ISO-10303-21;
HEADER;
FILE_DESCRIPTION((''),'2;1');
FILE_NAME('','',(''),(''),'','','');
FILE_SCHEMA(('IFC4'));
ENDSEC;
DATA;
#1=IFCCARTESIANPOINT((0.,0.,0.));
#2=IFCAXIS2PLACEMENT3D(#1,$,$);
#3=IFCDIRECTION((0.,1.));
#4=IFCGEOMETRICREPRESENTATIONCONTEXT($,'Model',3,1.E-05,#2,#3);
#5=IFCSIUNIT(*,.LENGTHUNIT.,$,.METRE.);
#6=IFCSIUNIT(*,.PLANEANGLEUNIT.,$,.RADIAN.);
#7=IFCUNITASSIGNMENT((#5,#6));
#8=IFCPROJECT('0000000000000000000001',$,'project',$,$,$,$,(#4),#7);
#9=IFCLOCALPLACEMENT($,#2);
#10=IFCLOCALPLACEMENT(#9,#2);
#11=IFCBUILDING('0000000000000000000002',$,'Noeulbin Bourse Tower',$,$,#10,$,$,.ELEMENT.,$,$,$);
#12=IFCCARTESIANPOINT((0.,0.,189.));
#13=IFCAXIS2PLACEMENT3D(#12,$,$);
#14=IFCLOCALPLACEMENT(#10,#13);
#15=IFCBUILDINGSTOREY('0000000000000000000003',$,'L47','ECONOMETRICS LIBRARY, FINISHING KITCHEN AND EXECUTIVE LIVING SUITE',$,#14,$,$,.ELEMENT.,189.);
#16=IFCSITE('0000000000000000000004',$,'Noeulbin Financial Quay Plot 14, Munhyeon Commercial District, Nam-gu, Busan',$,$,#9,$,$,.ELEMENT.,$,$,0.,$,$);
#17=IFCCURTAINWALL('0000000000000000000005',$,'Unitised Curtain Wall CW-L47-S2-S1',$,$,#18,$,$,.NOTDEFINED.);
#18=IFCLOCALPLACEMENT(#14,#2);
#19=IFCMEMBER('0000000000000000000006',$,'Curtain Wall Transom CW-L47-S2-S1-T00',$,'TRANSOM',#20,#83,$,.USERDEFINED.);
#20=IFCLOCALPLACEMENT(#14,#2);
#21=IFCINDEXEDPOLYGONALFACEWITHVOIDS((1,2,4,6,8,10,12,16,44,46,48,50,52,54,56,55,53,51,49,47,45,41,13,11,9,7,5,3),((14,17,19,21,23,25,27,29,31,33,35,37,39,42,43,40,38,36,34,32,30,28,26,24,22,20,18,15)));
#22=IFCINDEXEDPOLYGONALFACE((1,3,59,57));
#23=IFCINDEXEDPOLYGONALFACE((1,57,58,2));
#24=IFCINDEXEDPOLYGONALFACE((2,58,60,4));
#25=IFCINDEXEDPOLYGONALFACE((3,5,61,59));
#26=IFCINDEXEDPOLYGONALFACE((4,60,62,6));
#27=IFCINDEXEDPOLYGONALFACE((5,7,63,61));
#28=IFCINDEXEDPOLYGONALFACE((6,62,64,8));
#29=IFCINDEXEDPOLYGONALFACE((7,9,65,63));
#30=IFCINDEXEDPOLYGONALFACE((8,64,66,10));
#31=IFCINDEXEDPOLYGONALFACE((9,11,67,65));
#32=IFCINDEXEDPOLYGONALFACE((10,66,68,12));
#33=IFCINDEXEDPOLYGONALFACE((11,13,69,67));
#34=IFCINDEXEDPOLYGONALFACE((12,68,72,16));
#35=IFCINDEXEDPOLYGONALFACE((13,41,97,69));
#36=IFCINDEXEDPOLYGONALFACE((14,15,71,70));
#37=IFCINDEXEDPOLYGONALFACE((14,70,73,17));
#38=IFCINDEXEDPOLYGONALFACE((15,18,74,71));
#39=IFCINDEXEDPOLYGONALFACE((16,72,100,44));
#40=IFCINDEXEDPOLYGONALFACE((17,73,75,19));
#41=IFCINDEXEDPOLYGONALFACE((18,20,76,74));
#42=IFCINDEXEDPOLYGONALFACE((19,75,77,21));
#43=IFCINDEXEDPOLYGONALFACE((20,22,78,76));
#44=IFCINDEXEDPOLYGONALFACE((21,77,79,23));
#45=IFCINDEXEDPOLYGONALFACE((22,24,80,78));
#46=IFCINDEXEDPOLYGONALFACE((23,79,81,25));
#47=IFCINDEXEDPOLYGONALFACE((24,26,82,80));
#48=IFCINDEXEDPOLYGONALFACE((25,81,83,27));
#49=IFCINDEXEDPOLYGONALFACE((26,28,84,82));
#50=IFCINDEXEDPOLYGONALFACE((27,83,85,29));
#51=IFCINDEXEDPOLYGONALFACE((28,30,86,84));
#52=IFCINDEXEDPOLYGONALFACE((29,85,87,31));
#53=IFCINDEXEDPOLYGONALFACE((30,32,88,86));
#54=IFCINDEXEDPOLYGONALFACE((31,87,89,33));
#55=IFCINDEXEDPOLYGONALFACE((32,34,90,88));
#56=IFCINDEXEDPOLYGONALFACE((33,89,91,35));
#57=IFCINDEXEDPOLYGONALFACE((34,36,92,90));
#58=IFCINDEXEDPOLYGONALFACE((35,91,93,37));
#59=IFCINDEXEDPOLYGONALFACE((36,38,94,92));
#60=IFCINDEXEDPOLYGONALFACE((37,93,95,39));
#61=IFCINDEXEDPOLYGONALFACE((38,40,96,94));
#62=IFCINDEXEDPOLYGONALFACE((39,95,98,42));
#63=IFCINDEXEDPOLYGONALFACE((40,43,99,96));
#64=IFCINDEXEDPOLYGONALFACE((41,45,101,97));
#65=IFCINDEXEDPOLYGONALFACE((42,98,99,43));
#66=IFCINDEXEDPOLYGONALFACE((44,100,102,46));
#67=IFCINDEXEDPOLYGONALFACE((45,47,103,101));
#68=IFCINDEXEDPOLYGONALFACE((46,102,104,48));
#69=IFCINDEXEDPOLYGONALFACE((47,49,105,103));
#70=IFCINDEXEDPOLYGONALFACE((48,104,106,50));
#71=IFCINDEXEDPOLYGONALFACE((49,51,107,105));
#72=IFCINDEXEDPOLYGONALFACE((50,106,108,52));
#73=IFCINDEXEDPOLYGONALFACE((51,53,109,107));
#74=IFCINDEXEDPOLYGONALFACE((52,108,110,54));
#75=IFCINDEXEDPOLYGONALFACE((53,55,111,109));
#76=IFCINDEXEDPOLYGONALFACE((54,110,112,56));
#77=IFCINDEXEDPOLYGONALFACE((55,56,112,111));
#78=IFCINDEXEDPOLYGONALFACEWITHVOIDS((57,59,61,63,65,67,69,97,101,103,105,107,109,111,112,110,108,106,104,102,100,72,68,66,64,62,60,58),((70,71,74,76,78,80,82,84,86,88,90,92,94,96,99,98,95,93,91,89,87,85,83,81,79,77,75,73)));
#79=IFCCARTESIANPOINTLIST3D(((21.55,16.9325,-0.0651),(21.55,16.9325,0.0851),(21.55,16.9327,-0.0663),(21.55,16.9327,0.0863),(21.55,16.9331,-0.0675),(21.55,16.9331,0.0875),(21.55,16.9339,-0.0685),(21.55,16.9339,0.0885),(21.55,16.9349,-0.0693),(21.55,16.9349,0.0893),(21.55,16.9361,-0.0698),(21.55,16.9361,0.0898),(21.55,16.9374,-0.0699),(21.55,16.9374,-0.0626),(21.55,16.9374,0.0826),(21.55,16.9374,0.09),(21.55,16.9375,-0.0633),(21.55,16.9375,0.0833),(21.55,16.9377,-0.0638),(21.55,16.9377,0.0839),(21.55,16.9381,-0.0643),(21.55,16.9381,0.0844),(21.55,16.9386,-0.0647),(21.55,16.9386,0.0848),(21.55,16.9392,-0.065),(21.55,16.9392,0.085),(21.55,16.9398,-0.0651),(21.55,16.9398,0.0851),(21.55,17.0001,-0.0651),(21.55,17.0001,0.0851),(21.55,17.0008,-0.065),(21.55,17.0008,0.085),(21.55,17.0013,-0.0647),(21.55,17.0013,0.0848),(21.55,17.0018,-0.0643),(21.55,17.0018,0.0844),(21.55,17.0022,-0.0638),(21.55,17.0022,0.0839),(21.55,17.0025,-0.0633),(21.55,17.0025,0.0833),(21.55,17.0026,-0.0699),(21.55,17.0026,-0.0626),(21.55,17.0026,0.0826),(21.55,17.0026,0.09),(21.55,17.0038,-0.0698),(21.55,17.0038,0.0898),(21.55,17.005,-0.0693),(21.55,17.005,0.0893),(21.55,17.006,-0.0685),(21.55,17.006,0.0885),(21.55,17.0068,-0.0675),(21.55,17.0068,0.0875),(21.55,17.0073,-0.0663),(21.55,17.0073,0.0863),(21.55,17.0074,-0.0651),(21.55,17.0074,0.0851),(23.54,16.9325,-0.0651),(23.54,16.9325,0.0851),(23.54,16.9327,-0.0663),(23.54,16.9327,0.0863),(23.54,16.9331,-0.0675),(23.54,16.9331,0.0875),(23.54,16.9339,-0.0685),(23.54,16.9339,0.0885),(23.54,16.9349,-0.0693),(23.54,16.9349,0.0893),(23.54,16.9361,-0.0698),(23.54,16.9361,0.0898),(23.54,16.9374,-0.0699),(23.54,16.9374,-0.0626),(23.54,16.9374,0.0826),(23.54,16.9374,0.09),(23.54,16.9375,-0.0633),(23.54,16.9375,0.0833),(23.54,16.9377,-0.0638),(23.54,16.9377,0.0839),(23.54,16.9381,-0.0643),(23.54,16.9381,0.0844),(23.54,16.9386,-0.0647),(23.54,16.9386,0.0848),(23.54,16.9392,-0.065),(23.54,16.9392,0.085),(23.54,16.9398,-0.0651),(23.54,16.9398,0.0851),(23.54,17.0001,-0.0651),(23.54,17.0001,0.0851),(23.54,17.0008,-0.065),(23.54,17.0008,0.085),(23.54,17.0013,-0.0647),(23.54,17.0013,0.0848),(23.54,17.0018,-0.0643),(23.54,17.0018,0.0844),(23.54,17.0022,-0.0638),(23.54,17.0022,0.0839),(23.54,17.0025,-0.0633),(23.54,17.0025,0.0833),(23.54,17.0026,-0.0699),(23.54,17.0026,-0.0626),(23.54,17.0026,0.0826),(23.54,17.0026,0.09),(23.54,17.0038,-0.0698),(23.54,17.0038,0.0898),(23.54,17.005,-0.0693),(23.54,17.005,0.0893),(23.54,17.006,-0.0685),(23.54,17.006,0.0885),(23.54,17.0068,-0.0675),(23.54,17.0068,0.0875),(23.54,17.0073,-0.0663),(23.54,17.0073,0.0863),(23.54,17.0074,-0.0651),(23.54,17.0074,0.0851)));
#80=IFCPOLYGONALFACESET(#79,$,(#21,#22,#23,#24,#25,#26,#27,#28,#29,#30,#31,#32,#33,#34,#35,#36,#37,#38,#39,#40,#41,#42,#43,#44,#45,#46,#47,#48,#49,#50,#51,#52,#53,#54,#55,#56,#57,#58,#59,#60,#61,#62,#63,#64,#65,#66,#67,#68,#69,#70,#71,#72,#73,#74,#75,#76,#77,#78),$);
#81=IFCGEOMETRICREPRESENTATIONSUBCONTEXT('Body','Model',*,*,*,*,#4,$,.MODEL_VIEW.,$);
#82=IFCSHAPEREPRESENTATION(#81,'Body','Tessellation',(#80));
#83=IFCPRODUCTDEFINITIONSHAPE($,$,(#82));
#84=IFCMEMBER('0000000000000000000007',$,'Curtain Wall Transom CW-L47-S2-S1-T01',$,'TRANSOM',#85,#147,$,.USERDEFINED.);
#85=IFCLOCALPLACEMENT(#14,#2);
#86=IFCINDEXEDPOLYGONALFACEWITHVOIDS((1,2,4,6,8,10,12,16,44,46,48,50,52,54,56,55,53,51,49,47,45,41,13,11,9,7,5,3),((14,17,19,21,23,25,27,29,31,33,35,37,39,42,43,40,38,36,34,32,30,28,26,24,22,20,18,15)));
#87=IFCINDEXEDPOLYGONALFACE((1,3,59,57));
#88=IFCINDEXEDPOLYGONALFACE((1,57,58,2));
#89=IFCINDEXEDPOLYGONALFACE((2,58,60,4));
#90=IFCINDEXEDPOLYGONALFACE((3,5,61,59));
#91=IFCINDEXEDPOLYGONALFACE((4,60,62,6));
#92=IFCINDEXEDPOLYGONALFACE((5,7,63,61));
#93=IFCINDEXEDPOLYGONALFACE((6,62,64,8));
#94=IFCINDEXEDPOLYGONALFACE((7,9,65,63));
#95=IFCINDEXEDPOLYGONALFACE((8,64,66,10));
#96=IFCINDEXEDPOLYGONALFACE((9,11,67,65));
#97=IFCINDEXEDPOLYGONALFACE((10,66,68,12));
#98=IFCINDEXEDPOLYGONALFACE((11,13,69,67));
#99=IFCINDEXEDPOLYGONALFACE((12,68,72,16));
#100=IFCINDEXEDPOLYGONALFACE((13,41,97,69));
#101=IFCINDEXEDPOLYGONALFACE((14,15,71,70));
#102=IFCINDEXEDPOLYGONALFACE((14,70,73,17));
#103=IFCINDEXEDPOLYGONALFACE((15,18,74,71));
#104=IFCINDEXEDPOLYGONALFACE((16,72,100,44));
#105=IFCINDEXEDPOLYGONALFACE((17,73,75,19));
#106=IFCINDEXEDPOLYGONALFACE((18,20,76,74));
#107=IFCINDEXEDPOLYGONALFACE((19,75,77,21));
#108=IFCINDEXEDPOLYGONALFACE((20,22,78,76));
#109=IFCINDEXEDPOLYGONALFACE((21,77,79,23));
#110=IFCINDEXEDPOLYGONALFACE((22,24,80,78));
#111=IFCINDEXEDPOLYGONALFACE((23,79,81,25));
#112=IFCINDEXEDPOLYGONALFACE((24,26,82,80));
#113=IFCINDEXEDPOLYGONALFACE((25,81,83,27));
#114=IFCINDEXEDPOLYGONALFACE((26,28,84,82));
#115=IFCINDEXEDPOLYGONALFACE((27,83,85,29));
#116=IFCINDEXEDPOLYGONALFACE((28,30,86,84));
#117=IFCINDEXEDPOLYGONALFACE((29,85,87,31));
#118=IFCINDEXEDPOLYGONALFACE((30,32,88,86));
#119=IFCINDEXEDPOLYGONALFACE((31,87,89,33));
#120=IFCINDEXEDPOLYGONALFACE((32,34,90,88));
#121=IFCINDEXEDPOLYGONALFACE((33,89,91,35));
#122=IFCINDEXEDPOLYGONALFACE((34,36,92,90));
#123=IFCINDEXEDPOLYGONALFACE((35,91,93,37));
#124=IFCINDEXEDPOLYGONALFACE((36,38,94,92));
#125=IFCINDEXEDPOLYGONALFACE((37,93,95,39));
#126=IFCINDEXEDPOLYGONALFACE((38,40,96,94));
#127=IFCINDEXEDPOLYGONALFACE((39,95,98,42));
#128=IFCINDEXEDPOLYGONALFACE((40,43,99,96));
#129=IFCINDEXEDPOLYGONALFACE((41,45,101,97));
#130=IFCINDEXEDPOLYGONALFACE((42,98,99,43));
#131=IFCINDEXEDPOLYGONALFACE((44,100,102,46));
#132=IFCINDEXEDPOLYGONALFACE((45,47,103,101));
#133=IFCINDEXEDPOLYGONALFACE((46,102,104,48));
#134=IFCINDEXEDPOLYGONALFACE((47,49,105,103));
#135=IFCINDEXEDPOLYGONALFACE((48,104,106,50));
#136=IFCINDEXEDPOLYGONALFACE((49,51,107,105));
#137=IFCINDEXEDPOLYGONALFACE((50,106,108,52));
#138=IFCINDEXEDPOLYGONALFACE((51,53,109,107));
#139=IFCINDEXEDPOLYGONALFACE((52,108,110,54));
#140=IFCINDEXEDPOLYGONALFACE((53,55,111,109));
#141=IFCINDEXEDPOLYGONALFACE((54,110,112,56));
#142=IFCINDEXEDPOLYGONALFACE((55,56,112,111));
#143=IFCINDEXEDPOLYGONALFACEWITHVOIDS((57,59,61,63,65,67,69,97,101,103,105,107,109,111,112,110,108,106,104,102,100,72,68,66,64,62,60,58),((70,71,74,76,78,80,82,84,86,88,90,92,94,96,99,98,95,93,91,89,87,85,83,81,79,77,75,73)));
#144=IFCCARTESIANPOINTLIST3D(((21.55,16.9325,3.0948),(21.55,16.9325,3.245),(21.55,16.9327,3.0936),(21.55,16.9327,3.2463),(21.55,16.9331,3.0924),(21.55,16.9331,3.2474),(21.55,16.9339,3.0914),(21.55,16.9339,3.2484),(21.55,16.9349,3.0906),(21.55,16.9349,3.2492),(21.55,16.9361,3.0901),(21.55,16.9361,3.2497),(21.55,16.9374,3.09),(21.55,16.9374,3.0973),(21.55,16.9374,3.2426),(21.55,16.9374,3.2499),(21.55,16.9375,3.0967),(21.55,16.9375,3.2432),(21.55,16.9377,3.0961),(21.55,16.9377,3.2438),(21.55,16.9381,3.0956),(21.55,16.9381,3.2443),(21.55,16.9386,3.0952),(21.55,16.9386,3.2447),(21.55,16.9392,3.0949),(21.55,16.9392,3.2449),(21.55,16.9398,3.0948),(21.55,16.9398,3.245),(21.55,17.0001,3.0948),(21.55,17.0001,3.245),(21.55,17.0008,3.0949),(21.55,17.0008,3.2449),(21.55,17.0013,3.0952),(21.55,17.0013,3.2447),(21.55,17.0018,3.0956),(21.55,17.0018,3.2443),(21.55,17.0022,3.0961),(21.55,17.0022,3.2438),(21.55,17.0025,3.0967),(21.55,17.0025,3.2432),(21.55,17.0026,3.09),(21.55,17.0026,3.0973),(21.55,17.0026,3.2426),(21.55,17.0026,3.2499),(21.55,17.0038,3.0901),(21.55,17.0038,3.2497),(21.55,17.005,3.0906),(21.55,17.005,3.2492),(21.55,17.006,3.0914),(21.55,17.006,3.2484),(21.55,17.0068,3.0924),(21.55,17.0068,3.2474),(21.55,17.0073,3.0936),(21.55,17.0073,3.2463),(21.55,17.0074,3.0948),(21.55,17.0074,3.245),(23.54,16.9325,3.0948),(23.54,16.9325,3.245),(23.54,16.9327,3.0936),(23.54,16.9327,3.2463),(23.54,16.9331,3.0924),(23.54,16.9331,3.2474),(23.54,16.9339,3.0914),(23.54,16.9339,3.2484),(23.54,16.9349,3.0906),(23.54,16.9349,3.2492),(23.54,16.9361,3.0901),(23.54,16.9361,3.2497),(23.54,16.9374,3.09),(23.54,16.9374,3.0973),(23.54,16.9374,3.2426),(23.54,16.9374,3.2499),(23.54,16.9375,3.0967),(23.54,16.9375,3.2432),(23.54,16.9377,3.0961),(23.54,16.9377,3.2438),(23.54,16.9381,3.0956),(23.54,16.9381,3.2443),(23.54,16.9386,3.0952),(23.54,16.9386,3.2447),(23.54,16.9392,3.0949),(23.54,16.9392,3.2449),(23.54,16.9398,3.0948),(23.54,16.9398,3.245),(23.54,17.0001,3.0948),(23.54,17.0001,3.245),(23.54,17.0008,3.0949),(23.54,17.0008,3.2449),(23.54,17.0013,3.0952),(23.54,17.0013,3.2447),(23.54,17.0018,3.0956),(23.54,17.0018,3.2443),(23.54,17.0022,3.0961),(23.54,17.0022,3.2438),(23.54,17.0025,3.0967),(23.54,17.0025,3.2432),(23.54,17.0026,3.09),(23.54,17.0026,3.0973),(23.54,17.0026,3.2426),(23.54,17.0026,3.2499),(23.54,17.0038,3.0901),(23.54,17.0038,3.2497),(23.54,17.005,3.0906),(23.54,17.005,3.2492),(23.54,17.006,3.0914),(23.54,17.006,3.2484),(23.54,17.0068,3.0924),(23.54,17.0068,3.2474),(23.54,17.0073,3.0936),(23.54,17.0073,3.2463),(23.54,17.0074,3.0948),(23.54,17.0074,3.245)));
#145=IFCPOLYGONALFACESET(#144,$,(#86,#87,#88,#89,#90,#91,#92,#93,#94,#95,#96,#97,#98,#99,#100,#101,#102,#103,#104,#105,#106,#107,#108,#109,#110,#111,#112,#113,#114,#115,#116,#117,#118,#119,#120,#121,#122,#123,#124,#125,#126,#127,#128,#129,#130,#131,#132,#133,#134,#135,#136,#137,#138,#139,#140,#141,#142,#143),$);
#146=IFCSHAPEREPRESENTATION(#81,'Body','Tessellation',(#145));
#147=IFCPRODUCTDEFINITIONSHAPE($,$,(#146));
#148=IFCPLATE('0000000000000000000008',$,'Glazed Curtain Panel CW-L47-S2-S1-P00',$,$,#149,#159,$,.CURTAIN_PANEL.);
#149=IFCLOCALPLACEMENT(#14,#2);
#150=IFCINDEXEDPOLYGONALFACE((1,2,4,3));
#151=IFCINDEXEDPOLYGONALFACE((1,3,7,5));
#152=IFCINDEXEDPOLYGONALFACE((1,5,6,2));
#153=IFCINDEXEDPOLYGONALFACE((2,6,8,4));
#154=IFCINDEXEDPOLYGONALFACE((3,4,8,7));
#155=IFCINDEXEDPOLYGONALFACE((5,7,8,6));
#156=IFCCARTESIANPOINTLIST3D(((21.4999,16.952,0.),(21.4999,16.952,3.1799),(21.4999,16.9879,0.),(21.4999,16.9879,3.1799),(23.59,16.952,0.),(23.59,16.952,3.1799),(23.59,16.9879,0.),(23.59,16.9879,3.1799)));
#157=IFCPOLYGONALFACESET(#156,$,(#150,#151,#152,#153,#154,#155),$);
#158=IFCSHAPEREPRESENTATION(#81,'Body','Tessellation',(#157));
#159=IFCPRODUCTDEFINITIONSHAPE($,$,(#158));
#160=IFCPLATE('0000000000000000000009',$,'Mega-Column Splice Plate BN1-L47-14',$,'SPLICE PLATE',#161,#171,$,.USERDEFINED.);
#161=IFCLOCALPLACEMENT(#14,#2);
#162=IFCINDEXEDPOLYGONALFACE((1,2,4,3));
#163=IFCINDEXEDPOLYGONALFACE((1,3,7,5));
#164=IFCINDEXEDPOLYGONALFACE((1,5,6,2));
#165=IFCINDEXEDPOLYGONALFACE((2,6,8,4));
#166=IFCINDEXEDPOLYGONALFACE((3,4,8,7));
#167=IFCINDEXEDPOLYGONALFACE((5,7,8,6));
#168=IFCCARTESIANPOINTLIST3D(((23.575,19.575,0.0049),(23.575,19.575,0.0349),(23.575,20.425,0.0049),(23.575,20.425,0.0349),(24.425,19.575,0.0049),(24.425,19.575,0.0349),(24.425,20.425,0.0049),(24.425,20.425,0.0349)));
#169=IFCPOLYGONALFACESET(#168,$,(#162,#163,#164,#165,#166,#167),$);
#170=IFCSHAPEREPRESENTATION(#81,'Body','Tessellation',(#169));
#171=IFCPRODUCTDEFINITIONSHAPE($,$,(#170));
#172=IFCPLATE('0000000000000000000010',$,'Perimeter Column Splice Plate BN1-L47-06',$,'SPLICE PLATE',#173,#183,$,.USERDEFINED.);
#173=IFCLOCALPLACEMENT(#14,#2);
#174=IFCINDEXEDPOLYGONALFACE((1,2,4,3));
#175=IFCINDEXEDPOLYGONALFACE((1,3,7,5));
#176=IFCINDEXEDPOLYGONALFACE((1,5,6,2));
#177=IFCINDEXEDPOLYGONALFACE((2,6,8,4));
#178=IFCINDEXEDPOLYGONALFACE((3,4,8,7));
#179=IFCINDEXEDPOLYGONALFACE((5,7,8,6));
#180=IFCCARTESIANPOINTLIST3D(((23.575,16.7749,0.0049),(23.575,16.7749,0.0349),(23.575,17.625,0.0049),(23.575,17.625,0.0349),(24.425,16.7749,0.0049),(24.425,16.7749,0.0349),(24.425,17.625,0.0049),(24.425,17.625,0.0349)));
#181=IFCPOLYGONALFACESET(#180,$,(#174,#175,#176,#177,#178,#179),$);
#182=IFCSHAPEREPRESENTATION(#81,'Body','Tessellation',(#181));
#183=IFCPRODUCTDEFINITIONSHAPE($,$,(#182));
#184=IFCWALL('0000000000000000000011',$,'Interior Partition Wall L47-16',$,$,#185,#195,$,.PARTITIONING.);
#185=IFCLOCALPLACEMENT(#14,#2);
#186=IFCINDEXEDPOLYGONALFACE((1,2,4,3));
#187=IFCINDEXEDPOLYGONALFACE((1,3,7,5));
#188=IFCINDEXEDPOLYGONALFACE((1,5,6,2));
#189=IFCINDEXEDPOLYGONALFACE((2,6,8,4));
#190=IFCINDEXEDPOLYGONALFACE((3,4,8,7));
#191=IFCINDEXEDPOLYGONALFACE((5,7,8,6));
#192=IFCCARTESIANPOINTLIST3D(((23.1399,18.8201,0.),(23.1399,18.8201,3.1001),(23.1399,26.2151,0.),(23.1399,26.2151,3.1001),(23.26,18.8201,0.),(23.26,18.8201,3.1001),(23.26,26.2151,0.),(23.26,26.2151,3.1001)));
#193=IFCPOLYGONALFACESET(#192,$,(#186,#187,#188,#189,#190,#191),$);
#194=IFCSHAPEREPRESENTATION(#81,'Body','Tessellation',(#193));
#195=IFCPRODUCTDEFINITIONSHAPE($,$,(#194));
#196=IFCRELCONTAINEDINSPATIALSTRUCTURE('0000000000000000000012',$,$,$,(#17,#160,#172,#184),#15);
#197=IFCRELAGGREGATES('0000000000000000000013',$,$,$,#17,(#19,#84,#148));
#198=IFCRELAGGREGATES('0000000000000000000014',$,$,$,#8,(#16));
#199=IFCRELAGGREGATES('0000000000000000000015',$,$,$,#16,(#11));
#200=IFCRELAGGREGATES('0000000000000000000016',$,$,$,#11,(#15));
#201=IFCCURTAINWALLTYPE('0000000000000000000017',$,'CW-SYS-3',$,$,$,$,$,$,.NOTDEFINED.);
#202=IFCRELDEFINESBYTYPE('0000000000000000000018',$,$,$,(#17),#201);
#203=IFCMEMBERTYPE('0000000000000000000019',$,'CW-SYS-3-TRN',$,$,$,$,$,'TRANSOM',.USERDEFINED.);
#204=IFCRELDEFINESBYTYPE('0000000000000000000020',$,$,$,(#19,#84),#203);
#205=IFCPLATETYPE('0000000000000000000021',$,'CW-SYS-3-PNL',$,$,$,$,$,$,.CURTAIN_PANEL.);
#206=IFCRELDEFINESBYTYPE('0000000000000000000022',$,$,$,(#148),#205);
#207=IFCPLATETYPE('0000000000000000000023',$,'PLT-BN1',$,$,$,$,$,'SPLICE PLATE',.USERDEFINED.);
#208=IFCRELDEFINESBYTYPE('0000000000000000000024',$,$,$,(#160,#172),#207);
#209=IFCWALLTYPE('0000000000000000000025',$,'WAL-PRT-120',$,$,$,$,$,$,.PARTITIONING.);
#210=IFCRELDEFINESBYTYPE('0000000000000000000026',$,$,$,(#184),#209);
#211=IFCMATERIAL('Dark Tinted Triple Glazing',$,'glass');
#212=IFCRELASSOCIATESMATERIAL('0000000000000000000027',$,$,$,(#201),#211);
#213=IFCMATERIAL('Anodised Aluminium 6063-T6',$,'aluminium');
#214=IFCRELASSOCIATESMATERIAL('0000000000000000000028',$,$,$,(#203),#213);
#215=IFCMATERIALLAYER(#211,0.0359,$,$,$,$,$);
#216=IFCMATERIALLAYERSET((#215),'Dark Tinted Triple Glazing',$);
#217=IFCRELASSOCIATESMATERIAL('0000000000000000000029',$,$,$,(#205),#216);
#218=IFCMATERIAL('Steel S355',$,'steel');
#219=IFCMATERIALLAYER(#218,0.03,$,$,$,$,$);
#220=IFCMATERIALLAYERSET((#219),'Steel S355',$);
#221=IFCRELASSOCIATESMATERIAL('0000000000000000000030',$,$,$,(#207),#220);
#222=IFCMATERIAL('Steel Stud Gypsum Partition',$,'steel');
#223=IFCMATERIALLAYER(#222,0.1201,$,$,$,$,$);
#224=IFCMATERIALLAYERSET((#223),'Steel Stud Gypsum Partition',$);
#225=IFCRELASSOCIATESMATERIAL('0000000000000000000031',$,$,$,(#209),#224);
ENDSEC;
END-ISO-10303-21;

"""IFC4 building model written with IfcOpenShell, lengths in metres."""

from ifc_helpers import new_model, si_unit, direction, frame, frame_2d, origin, origin_2d, place, context, subcontext, project, spatial, rectangle, hollow_rectangle, extrude, material, layer, layer_set, material_profile, profile_set, type_object, element, aggregate, save


model = new_model("IFC4")

# Units and contexts
model_context = context("Model", 3, precision=1e-05, world=origin(), true_north=direction((0.0, 1.0)))
body_context = subcontext(model_context, "Body", "Model", "MODEL_VIEW")
ifc_project = project(units=[si_unit("LENGTHUNIT", "METRE"), si_unit("PLANEANGLEUNIT", "RADIAN")], contexts=[model_context])

# Site, building, storey
site_placement = place(None, origin())
site = spatial("IfcSite", under=ifc_project, at=site_placement, Name="Noeulbin Financial Quay Plot 14, Munhyeon Commercial District, Nam-gu, Busan", CompositionType="ELEMENT", RefElevation=0.0)
building_placement = place(site_placement, origin())
building = spatial("IfcBuilding", under=site, at=building_placement, Name="Noeulbin Bourse Tower", CompositionType="ELEMENT")
storey_placement = place(building_placement, frame((0.0, 0.0, 189.0)))
storey = spatial("IfcBuildingStorey", under=building, at=storey_placement, Name="L47", Description="ECONOMETRICS LIBRARY, FINISHING KITCHEN AND EXECUTIVE LIVING SUITE", CompositionType="ELEMENT", Elevation=189.0)

# Shared definitions
ifc_material_1 = material(Name="Steel S355", Category="steel")

# Curtain wall, members, plate
ifc_material_2 = material(Name="Dark Tinted Triple Glazing", Category="glass")
curtain_wall_type = type_object("IfcCurtainWallType", Name="CW-SYS-3", PredefinedType="NOTDEFINED", material=ifc_material_2)
curtain_wall_placement = place(storey_placement, origin())
curtain_wall = element("IfcCurtainWall", 1, at=curtain_wall_placement, inside=storey, type_object=curtain_wall_type, Name="Unitised Curtain Wall CW-L47-S2-S1", PredefinedType="NOTDEFINED")
ifc_material_3 = material(Name="Anodised Aluminium 6063-T6", Category="aluminium")
ifc_material_profile_1 = material_profile(ifc_material_3, hollow_rectangle(XDim=0.075, YDim=0.1599, WallThickness=0.0049, InnerFilletRadius=0.0024, OuterFilletRadius=0.0049, at=origin_2d()), Name="ALU-TRAN-75x160x5", Category="LoadBearing")
ifc_profile_set_1 = profile_set([ifc_material_profile_1], Name="Anodised Aluminium 6063-T6")
member_type_1 = type_object("IfcMemberType", Name="CW-SYS-3-TRN", ElementType="TRANSOM", PredefinedType="USERDEFINED", material=ifc_profile_set_1)
member_1_placement = place(storey_placement, frame((21.55, 16.97, 0.01), z_axis=(1.0, 0.0, 0.0), x_axis=(0.0, 1.0, 0.0)))
member_1 = element("IfcMember", 2, at=member_1_placement, type_object=member_type_1, Name="Curtain Wall Transom CW-L47-S2-S1-T00", ObjectType="TRANSOM", PredefinedType="USERDEFINED", context=body_context, shape_type="SweptSolid", body=[
    extrude(hollow_rectangle(XDim=0.075, YDim=0.1599, WallThickness=0.0049, InnerFilletRadius=0.0024, OuterFilletRadius=0.0049, at=origin_2d()), origin(), (0.0, 0.0, 1.0), 1.99),
])
member_2_placement = place(storey_placement, frame((21.55, 16.97, 3.1699), z_axis=(1.0, 0.0, 0.0), x_axis=(0.0, 1.0, 0.0)))
member_2 = element("IfcMember", 3, at=member_2_placement, type_object=member_type_1, Name="Curtain Wall Transom CW-L47-S2-S1-T01", ObjectType="TRANSOM", PredefinedType="USERDEFINED", context=body_context, shape_type="SweptSolid", body=[
    extrude(hollow_rectangle(XDim=0.075, YDim=0.1599, WallThickness=0.0049, InnerFilletRadius=0.0024, OuterFilletRadius=0.0049, at=origin_2d()), origin(), (0.0, 0.0, 1.0), 1.99),
])
ifc_layer_1 = layer(ifc_material_2, 0.0359)
ifc_layer_set_1 = layer_set([ifc_layer_1], Name="Dark Tinted Triple Glazing")
plate_type_1 = type_object("IfcPlateType", Name="CW-SYS-3-PNL", PredefinedType="CURTAIN_PANEL", material=ifc_layer_set_1)
plate_placement = place(storey_placement, frame((22.5449, 16.97, 0.0), z_axis=(0.0, 0.0, 1.0), x_axis=(1.0, 0.0, 0.0)))
plate = element("IfcPlate", 4, at=plate_placement, type_object=plate_type_1, Name="Glazed Curtain Panel CW-L47-S2-S1-P00", PredefinedType="CURTAIN_PANEL", context=body_context, shape_type="SweptSolid", body=[
    extrude(rectangle(XDim=2.0901, YDim=0.0359, at=origin_2d()), origin(), (0.0, 0.0, 1.0), 3.1799),
])
aggregate(curtain_wall, [member_1, member_2, plate])

# Plates
ifc_layer_2 = layer(ifc_material_1, 0.03)
ifc_layer_set_2 = layer_set([ifc_layer_2], Name="Steel S355")
plate_type_2 = type_object("IfcPlateType", Name="PLT-BN1", ElementType="SPLICE PLATE", PredefinedType="USERDEFINED", material=ifc_layer_set_2)
for number, where, z_axis, x_axis, name in (
    (5, (24.0, 20.0, 0.0049), (0.0, 0.0, 1.0), (1.0, 0.0, 0.0), "Mega-Column Splice Plate BN1-L47-14"),
    (6, (24.0, 17.2, 0.0049), (0.0, 0.0, 1.0), (1.0, 0.0, 0.0), "Perimeter Column Splice Plate BN1-L47-06"),
):
    element("IfcPlate", number, at=place(storey_placement, frame(where, z_axis=z_axis, x_axis=x_axis)), inside=storey, type_object=plate_type_2, Name=name, ObjectType="SPLICE PLATE", PredefinedType="USERDEFINED", context=body_context, shape_type="SweptSolid", body=[
        extrude(rectangle(XDim=0.8501, YDim=0.8501, at=origin_2d()), origin(), (0.0, 0.0, 1.0), 0.03),
    ])

# Wall
ifc_material_4 = material(Name="Steel Stud Gypsum Partition", Category="steel")
ifc_layer_3 = layer(ifc_material_4, 0.1201)
ifc_layer_set_3 = layer_set([ifc_layer_3], Name="Steel Stud Gypsum Partition")
wall_type = type_object("IfcWallType", Name="WAL-PRT-120", PredefinedType="PARTITIONING", material=ifc_layer_set_3)
wall_placement = place(storey_placement, frame((23.2, 18.8201, 0.0), z_axis=(0.0, 0.0, 1.0), x_axis=(0.0, 1.0, 0.0)))
element("IfcWall", 7, at=wall_placement, inside=storey, type_object=wall_type, Name="Interior Partition Wall L47-16", PredefinedType="PARTITIONING", context=body_context, shape_type="SweptSolid", body=[
    extrude(rectangle(XDim=7.395, YDim=0.1201, at=frame_2d((3.6975, 0.0))), origin(), (0.0, 0.0, 1.0), 3.1001),
])

save(model, "model.ifc")
